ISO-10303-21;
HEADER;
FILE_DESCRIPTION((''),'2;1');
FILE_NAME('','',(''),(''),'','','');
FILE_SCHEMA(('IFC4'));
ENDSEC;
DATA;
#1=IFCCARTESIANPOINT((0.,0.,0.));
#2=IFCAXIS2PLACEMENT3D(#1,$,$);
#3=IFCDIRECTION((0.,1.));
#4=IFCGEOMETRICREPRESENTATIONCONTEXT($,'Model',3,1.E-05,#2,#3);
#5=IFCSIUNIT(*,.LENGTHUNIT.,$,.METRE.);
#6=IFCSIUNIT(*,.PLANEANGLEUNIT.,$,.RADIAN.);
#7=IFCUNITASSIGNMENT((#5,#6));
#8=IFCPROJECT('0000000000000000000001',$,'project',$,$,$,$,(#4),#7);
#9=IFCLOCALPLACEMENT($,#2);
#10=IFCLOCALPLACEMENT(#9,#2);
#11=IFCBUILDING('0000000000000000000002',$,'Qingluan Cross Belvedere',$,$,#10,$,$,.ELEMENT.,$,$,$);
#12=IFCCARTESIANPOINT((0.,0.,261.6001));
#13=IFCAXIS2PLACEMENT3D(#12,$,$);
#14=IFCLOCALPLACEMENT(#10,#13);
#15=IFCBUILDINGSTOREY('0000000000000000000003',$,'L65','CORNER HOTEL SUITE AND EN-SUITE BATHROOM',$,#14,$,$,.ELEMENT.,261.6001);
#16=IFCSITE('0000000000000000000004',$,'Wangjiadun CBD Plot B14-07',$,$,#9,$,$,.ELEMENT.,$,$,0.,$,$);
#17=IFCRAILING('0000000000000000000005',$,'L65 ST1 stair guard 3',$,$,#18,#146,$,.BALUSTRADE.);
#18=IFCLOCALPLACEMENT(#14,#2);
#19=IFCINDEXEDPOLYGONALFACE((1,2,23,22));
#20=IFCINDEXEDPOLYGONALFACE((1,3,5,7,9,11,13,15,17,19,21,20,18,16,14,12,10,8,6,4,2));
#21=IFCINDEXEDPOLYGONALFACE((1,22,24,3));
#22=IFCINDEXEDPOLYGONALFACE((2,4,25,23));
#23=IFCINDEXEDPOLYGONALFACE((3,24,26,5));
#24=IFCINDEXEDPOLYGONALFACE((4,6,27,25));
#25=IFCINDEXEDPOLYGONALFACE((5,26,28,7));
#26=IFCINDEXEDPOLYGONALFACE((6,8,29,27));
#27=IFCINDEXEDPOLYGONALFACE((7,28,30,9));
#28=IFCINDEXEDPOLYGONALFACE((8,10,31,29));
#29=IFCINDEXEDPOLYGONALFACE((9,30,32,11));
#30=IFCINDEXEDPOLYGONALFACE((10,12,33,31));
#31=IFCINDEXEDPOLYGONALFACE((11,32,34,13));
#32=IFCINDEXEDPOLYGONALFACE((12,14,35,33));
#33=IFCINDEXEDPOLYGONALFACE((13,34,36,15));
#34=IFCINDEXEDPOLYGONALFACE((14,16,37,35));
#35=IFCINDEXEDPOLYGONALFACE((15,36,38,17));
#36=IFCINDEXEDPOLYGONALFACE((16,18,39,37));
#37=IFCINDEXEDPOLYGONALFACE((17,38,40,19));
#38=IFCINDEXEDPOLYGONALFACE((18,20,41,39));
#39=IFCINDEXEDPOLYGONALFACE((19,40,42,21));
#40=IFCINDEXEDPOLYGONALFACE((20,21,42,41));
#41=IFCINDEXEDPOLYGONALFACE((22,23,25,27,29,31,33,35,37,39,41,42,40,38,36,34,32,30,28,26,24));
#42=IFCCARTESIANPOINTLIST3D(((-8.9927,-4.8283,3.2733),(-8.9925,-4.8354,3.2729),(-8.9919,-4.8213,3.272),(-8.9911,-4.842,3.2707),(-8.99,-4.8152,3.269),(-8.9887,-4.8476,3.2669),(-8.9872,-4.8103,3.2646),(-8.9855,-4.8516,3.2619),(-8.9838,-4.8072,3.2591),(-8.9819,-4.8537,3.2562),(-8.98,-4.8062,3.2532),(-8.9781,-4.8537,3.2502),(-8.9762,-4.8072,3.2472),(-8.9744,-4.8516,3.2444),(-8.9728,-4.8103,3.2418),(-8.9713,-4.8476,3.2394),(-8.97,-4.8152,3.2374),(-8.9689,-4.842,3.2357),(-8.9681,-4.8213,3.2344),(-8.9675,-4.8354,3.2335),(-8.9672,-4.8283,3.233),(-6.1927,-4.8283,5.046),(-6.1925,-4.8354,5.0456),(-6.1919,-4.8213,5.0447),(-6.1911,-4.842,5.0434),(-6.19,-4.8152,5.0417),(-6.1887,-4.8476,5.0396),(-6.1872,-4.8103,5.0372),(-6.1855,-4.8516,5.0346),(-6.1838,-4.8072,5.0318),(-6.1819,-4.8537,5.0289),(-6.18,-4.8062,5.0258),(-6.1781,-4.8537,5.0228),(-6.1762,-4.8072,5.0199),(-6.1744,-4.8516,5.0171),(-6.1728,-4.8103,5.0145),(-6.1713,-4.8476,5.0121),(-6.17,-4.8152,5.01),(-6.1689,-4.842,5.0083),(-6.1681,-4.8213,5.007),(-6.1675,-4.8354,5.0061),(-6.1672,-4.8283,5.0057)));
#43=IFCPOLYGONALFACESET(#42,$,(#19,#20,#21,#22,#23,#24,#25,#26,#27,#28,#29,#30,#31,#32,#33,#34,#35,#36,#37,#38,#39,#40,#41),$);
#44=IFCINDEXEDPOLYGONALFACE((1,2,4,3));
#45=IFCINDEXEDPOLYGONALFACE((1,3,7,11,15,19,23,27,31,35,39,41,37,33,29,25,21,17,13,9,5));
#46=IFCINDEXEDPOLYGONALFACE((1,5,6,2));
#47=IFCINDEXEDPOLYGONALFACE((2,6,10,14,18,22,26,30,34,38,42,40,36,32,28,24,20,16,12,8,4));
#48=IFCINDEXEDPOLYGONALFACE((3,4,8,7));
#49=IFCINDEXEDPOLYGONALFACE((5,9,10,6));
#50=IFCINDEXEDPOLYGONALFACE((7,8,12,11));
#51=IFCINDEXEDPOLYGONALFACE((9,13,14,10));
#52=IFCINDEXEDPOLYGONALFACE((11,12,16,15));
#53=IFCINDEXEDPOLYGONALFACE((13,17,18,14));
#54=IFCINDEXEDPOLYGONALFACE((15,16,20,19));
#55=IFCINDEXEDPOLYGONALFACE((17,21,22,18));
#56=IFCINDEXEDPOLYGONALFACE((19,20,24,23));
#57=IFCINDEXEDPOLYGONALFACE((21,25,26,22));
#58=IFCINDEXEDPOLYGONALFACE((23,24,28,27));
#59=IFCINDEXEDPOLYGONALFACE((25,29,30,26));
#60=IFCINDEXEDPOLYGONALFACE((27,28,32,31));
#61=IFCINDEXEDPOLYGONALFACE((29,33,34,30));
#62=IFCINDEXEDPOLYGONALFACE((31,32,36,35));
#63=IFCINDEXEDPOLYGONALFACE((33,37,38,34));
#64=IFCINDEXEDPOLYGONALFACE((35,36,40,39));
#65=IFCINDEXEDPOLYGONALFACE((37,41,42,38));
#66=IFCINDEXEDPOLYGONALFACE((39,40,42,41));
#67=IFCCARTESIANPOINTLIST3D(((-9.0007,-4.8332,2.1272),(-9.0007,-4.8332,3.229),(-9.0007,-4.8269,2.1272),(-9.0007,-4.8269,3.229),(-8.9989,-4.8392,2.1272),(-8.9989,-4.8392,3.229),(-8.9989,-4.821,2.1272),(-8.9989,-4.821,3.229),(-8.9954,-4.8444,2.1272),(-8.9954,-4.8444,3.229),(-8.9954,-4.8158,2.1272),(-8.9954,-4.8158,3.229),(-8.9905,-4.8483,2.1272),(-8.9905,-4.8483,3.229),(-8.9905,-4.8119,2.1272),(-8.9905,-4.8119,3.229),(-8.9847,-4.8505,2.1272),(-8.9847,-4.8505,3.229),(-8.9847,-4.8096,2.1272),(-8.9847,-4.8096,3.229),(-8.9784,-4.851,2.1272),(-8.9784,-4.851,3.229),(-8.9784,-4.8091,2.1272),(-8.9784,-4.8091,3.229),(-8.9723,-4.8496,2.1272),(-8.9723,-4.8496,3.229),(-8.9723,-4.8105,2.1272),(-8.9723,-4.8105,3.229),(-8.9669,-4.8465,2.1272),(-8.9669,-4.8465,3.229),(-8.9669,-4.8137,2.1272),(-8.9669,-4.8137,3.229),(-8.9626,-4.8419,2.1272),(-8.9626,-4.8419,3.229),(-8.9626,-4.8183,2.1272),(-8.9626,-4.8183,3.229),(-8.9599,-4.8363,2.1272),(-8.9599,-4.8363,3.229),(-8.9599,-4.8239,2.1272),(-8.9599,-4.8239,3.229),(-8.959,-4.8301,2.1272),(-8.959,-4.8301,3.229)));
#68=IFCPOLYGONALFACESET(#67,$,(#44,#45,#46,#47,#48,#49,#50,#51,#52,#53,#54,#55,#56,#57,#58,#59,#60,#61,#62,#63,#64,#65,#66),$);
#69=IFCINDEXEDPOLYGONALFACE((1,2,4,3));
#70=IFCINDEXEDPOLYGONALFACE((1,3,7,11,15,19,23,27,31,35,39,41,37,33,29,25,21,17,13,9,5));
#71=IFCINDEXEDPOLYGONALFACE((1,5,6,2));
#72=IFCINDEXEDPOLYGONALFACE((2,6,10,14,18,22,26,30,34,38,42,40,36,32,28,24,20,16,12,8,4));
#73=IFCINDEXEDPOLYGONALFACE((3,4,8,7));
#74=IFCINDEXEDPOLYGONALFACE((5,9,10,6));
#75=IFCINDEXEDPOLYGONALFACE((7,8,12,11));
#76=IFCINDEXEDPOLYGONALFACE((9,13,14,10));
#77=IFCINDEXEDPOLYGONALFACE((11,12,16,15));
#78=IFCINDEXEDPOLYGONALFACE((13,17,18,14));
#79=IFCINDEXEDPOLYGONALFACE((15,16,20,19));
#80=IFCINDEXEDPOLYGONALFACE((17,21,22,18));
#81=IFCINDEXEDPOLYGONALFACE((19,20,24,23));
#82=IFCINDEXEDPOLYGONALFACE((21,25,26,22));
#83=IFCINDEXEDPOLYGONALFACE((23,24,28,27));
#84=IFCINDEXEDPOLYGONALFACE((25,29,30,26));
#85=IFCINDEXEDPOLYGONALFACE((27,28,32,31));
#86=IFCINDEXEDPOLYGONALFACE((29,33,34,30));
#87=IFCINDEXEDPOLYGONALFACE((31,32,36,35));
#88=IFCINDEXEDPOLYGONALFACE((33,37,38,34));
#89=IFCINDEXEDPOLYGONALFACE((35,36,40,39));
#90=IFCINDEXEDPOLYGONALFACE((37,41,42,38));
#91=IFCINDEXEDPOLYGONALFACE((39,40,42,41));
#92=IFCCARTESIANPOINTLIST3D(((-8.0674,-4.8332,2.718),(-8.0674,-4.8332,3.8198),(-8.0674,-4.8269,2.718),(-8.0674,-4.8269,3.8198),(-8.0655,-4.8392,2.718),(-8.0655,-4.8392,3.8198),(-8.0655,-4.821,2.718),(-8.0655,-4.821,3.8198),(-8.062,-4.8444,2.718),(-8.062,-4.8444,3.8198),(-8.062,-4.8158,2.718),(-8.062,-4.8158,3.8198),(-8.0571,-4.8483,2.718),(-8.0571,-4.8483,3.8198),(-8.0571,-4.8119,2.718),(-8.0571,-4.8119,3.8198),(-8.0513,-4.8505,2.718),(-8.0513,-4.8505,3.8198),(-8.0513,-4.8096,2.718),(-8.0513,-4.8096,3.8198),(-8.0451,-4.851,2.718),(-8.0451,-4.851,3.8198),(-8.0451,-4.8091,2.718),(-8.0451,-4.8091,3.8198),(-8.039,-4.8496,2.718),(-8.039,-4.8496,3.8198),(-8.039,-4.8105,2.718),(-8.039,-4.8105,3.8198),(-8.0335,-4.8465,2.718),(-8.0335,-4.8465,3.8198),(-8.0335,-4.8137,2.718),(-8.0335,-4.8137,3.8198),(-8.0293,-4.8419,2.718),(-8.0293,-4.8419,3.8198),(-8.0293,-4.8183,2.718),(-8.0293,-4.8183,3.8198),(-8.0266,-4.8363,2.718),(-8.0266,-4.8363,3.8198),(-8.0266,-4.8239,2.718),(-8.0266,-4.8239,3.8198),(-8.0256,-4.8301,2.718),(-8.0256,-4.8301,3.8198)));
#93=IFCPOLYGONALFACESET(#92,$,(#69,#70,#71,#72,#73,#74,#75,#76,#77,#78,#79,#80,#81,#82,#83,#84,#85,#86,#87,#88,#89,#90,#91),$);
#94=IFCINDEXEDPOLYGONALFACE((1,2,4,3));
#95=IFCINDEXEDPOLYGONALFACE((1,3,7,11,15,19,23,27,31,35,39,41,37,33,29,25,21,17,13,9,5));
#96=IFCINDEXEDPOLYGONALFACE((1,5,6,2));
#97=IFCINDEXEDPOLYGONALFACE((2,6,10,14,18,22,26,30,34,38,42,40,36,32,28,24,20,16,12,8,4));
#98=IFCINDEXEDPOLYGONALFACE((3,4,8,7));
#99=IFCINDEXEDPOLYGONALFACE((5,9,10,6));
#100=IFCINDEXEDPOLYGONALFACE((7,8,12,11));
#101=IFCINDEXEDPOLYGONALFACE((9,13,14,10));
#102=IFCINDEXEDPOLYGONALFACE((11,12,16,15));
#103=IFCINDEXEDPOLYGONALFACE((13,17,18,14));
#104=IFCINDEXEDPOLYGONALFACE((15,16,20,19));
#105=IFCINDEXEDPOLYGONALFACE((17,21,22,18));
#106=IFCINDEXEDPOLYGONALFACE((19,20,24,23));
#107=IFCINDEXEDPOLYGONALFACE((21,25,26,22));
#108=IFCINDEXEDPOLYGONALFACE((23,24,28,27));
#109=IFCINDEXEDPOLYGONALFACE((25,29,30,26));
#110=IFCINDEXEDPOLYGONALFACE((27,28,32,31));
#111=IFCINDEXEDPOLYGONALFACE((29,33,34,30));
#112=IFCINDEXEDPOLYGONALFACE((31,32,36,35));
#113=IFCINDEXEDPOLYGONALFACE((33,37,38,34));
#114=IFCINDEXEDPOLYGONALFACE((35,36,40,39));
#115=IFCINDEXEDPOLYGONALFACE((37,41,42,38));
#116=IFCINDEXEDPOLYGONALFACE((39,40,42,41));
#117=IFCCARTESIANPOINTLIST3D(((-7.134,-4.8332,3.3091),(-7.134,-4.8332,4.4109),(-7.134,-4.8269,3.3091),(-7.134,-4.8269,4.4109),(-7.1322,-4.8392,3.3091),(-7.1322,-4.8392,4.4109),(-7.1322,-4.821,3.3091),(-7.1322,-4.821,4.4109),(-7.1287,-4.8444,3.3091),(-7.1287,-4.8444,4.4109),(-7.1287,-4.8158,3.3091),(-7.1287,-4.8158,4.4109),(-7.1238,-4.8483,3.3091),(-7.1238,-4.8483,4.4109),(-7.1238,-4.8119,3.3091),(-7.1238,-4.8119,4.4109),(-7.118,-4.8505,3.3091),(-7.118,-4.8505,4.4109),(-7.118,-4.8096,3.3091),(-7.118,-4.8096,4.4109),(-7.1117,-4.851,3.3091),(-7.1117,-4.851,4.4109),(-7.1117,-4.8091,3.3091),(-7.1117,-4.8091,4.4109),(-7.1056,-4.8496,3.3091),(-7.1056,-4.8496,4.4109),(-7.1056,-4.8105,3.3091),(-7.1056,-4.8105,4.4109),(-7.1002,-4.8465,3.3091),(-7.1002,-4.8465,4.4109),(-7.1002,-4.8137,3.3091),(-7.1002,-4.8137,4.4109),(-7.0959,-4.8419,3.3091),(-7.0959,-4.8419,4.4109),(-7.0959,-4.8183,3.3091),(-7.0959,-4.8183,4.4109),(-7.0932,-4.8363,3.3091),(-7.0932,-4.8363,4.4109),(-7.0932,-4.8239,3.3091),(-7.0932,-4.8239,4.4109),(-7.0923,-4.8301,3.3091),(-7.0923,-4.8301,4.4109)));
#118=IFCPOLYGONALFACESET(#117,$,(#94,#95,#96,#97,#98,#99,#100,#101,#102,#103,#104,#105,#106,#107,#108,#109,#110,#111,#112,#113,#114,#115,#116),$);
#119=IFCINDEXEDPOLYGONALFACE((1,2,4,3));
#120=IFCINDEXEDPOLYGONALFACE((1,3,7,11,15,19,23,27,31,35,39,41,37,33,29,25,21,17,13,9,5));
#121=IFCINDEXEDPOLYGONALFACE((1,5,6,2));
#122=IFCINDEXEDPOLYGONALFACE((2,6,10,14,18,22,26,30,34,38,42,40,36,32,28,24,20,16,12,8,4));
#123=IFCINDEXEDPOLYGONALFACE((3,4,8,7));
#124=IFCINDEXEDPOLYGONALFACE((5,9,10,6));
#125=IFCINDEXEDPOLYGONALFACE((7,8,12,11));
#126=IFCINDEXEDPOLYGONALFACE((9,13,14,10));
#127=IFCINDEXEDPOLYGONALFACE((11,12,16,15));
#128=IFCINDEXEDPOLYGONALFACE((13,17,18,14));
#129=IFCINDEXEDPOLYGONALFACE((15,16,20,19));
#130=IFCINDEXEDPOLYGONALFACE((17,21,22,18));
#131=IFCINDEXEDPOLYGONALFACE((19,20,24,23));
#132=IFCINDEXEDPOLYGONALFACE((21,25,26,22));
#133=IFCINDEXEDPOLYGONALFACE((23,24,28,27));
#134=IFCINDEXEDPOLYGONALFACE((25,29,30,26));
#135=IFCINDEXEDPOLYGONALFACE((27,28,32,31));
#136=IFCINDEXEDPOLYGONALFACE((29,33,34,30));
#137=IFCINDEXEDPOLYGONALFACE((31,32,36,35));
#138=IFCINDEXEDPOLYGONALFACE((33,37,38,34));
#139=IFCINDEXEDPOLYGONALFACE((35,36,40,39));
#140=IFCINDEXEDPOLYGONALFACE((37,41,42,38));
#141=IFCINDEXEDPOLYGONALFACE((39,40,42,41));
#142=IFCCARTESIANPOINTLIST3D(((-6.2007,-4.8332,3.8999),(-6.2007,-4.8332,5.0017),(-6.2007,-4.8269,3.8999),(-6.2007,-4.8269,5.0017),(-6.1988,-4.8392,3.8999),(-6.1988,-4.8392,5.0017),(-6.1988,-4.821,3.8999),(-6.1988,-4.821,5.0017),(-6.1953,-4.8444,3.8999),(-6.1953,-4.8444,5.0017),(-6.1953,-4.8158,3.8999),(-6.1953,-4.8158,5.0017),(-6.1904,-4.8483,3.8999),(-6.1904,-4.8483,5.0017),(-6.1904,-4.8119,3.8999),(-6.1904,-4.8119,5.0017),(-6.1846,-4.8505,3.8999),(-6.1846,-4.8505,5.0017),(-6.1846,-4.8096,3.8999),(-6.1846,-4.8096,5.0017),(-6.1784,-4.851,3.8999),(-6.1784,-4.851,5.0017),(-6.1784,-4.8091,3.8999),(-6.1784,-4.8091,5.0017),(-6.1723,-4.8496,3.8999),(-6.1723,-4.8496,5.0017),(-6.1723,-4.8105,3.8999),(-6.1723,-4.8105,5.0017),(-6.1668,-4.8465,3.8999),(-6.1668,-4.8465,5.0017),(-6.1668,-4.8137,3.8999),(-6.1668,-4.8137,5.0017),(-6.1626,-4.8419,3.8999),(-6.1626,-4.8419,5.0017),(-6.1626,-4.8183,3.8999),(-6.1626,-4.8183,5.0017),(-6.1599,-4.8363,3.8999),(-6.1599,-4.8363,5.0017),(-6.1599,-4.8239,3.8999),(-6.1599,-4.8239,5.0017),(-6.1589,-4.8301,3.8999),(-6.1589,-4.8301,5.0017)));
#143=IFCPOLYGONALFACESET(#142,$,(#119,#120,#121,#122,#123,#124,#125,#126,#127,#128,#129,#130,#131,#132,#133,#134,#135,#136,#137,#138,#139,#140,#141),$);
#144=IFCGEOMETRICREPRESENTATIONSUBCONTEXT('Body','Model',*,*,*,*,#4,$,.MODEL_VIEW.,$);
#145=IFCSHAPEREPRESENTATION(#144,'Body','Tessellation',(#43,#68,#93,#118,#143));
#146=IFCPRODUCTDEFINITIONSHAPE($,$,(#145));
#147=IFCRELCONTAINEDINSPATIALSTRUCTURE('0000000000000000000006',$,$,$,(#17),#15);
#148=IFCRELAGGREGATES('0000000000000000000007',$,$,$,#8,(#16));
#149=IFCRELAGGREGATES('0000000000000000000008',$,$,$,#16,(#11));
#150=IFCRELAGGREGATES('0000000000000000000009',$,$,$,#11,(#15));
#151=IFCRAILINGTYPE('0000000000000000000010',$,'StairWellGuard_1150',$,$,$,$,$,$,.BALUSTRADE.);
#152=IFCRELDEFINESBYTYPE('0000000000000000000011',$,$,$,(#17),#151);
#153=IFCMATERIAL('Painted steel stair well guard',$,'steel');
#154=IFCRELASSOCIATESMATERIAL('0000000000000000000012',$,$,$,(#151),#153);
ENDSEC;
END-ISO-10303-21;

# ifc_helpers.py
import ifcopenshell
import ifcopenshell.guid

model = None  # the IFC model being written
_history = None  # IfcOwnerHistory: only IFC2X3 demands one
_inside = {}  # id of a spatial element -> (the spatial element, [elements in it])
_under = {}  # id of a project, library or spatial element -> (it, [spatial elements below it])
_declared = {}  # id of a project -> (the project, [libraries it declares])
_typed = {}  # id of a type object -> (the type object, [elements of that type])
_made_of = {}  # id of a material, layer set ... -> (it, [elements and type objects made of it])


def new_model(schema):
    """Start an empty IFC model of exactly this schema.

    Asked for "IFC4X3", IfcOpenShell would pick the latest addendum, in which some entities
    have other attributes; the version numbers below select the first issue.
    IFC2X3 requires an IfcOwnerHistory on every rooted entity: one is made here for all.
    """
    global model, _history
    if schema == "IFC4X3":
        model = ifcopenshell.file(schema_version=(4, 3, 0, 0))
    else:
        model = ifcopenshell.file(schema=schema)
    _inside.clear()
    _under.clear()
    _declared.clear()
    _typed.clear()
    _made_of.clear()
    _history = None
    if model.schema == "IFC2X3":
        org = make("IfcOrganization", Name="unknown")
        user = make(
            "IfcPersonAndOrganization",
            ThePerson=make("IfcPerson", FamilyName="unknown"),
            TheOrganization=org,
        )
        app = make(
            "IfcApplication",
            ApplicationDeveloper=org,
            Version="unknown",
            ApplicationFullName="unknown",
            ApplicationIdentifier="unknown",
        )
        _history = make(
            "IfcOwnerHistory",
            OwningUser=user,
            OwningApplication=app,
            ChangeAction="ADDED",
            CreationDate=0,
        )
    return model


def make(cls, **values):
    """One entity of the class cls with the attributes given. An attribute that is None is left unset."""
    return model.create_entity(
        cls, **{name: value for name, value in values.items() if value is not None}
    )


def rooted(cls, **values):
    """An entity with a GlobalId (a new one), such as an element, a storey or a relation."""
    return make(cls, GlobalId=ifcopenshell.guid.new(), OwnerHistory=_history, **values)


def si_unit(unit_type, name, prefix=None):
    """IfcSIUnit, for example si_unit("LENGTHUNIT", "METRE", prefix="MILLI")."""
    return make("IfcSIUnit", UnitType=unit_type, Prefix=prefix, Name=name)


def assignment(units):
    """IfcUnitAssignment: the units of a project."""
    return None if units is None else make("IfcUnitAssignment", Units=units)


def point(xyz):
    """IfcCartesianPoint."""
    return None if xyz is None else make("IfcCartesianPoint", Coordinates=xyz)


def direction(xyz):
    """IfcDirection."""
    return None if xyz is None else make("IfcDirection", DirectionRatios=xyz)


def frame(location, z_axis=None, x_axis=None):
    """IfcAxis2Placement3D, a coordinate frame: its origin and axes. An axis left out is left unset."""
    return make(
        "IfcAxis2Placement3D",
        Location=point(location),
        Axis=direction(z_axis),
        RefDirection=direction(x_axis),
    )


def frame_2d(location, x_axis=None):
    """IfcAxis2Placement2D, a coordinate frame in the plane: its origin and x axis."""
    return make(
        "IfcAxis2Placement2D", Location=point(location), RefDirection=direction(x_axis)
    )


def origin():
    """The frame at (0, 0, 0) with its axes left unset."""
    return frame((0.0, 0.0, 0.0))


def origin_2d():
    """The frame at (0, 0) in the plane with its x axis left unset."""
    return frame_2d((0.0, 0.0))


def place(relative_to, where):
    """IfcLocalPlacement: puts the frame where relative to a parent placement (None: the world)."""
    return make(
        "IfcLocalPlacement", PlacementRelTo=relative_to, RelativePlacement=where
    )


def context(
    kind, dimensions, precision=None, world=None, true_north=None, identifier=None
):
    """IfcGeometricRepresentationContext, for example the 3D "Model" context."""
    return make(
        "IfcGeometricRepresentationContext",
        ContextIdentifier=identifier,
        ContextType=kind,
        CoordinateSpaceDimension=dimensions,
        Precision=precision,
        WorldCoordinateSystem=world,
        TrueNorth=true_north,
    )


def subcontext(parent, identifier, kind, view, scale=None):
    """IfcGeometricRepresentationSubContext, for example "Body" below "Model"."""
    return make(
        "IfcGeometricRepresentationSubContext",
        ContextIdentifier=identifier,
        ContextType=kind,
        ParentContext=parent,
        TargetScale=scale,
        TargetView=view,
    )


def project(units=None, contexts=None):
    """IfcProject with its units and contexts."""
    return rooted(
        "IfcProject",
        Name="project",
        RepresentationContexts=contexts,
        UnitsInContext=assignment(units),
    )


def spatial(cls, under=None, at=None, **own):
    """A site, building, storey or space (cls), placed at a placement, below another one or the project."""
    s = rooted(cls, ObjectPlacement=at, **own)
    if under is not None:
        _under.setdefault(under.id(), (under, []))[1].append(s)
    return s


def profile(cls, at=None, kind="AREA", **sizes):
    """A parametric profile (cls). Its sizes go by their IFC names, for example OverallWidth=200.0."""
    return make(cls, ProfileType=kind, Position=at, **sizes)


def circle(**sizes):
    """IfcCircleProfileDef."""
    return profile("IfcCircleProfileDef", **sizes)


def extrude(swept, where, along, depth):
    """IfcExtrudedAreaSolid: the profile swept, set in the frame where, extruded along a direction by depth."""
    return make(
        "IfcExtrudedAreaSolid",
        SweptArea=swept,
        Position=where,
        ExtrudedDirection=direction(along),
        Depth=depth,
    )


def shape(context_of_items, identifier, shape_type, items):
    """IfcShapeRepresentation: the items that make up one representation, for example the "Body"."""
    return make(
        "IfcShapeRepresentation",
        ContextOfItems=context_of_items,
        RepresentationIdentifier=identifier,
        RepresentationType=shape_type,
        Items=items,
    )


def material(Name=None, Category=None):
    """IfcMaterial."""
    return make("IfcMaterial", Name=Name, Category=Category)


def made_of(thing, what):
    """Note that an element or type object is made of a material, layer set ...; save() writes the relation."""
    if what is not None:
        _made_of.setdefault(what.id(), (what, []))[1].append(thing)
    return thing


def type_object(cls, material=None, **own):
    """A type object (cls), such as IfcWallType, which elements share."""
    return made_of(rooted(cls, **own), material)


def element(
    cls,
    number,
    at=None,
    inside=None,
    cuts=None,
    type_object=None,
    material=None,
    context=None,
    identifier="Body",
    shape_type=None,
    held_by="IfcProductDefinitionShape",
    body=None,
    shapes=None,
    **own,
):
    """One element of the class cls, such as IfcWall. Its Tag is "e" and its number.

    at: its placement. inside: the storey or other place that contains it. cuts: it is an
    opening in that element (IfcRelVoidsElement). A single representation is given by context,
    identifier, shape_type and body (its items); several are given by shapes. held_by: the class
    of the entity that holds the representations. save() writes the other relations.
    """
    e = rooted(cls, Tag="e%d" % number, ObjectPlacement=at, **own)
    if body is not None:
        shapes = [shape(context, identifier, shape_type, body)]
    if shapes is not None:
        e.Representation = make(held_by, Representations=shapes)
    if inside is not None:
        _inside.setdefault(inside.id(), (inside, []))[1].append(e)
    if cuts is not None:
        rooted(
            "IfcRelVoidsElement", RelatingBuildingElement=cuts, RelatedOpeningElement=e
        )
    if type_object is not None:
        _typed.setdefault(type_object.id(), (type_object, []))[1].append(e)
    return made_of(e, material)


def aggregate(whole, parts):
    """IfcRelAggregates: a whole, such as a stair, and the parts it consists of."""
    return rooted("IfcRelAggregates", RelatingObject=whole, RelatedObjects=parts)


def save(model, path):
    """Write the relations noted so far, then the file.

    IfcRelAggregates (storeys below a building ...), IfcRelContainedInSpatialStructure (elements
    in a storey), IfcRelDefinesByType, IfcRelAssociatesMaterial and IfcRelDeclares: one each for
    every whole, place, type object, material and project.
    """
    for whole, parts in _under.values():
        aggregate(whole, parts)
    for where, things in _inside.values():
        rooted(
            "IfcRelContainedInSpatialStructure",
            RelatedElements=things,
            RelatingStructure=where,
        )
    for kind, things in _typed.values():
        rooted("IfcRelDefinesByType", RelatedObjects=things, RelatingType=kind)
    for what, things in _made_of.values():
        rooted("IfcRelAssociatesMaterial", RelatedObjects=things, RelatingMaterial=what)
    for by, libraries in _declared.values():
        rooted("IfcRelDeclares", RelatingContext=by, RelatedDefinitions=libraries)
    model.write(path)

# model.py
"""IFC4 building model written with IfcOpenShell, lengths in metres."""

from ifc_helpers import new_model, si_unit, direction, frame, origin, origin_2d, place, context, subcontext, project, spatial, circle, extrude, material, type_object, element, save


model = new_model("IFC4")

# Units and contexts
model_context = context("Model", 3, precision=1e-05, world=origin(), true_north=direction((0.0, 1.0)))
body_context = subcontext(model_context, "Body", "Model", "MODEL_VIEW")
ifc_project = project(units=[si_unit("LENGTHUNIT", "METRE"), si_unit("PLANEANGLEUNIT", "RADIAN")], contexts=[model_context])

# Site, building, storey
site_placement = place(None, origin())
site = spatial("IfcSite", under=ifc_project, at=site_placement, Name="Wangjiadun CBD Plot B14-07", CompositionType="ELEMENT", RefElevation=0.0)
building_placement = place(site_placement, origin())
building = spatial("IfcBuilding", under=site, at=building_placement, Name="Qingluan Cross Belvedere", CompositionType="ELEMENT")
storey_placement = place(building_placement, frame((0.0, 0.0, 261.6001)))
storey = spatial("IfcBuildingStorey", under=building, at=storey_placement, Name="L65", Description="CORNER HOTEL SUITE AND EN-SUITE BATHROOM", CompositionType="ELEMENT", Elevation=261.6001)

# Railing
ifc_material_1 = material(Name="Painted steel stair well guard", Category="steel")
railing_type_1 = type_object("IfcRailingType", Name="StairWellGuard_1150", PredefinedType="BALUSTRADE", material=ifc_material_1)
railing_1_placement = place(storey_placement, frame((-8.98, -4.8301, 2.1272)))
element("IfcRailing", 1, at=railing_1_placement, inside=storey, type_object=railing_type_1, Name="L65 ST1 stair guard 3", PredefinedType="BALUSTRADE", context=body_context, shape_type="SweptSolid", body=[
    extrude(circle(Radius=0.0239, at=origin_2d()), frame((0.0, 0.0, 1.126), z_axis=(0.844909, 0.0, 0.53491), x_axis=(0.0, 1.0, 0.0)), (0.0, 0.0, 1.0), 3.314),
    extrude(circle(Radius=0.021, at=origin_2d()), origin(), (0.0, 0.0, 1.0), 1.1018),
    extrude(circle(Radius=0.021, at=origin_2d()), frame((0.9333, 0.0, 0.5908)), (0.0, 0.0, 1.0), 1.1018),
    extrude(circle(Radius=0.021, at=origin_2d()), frame((1.8667, 0.0, 1.1819)), (0.0, 0.0, 1.0), 1.1018),
    extrude(circle(Radius=0.021, at=origin_2d()), frame((2.8, 0.0, 1.7727)), (0.0, 0.0, 1.0), 1.1018),
])

save(model, "model.ifc")
